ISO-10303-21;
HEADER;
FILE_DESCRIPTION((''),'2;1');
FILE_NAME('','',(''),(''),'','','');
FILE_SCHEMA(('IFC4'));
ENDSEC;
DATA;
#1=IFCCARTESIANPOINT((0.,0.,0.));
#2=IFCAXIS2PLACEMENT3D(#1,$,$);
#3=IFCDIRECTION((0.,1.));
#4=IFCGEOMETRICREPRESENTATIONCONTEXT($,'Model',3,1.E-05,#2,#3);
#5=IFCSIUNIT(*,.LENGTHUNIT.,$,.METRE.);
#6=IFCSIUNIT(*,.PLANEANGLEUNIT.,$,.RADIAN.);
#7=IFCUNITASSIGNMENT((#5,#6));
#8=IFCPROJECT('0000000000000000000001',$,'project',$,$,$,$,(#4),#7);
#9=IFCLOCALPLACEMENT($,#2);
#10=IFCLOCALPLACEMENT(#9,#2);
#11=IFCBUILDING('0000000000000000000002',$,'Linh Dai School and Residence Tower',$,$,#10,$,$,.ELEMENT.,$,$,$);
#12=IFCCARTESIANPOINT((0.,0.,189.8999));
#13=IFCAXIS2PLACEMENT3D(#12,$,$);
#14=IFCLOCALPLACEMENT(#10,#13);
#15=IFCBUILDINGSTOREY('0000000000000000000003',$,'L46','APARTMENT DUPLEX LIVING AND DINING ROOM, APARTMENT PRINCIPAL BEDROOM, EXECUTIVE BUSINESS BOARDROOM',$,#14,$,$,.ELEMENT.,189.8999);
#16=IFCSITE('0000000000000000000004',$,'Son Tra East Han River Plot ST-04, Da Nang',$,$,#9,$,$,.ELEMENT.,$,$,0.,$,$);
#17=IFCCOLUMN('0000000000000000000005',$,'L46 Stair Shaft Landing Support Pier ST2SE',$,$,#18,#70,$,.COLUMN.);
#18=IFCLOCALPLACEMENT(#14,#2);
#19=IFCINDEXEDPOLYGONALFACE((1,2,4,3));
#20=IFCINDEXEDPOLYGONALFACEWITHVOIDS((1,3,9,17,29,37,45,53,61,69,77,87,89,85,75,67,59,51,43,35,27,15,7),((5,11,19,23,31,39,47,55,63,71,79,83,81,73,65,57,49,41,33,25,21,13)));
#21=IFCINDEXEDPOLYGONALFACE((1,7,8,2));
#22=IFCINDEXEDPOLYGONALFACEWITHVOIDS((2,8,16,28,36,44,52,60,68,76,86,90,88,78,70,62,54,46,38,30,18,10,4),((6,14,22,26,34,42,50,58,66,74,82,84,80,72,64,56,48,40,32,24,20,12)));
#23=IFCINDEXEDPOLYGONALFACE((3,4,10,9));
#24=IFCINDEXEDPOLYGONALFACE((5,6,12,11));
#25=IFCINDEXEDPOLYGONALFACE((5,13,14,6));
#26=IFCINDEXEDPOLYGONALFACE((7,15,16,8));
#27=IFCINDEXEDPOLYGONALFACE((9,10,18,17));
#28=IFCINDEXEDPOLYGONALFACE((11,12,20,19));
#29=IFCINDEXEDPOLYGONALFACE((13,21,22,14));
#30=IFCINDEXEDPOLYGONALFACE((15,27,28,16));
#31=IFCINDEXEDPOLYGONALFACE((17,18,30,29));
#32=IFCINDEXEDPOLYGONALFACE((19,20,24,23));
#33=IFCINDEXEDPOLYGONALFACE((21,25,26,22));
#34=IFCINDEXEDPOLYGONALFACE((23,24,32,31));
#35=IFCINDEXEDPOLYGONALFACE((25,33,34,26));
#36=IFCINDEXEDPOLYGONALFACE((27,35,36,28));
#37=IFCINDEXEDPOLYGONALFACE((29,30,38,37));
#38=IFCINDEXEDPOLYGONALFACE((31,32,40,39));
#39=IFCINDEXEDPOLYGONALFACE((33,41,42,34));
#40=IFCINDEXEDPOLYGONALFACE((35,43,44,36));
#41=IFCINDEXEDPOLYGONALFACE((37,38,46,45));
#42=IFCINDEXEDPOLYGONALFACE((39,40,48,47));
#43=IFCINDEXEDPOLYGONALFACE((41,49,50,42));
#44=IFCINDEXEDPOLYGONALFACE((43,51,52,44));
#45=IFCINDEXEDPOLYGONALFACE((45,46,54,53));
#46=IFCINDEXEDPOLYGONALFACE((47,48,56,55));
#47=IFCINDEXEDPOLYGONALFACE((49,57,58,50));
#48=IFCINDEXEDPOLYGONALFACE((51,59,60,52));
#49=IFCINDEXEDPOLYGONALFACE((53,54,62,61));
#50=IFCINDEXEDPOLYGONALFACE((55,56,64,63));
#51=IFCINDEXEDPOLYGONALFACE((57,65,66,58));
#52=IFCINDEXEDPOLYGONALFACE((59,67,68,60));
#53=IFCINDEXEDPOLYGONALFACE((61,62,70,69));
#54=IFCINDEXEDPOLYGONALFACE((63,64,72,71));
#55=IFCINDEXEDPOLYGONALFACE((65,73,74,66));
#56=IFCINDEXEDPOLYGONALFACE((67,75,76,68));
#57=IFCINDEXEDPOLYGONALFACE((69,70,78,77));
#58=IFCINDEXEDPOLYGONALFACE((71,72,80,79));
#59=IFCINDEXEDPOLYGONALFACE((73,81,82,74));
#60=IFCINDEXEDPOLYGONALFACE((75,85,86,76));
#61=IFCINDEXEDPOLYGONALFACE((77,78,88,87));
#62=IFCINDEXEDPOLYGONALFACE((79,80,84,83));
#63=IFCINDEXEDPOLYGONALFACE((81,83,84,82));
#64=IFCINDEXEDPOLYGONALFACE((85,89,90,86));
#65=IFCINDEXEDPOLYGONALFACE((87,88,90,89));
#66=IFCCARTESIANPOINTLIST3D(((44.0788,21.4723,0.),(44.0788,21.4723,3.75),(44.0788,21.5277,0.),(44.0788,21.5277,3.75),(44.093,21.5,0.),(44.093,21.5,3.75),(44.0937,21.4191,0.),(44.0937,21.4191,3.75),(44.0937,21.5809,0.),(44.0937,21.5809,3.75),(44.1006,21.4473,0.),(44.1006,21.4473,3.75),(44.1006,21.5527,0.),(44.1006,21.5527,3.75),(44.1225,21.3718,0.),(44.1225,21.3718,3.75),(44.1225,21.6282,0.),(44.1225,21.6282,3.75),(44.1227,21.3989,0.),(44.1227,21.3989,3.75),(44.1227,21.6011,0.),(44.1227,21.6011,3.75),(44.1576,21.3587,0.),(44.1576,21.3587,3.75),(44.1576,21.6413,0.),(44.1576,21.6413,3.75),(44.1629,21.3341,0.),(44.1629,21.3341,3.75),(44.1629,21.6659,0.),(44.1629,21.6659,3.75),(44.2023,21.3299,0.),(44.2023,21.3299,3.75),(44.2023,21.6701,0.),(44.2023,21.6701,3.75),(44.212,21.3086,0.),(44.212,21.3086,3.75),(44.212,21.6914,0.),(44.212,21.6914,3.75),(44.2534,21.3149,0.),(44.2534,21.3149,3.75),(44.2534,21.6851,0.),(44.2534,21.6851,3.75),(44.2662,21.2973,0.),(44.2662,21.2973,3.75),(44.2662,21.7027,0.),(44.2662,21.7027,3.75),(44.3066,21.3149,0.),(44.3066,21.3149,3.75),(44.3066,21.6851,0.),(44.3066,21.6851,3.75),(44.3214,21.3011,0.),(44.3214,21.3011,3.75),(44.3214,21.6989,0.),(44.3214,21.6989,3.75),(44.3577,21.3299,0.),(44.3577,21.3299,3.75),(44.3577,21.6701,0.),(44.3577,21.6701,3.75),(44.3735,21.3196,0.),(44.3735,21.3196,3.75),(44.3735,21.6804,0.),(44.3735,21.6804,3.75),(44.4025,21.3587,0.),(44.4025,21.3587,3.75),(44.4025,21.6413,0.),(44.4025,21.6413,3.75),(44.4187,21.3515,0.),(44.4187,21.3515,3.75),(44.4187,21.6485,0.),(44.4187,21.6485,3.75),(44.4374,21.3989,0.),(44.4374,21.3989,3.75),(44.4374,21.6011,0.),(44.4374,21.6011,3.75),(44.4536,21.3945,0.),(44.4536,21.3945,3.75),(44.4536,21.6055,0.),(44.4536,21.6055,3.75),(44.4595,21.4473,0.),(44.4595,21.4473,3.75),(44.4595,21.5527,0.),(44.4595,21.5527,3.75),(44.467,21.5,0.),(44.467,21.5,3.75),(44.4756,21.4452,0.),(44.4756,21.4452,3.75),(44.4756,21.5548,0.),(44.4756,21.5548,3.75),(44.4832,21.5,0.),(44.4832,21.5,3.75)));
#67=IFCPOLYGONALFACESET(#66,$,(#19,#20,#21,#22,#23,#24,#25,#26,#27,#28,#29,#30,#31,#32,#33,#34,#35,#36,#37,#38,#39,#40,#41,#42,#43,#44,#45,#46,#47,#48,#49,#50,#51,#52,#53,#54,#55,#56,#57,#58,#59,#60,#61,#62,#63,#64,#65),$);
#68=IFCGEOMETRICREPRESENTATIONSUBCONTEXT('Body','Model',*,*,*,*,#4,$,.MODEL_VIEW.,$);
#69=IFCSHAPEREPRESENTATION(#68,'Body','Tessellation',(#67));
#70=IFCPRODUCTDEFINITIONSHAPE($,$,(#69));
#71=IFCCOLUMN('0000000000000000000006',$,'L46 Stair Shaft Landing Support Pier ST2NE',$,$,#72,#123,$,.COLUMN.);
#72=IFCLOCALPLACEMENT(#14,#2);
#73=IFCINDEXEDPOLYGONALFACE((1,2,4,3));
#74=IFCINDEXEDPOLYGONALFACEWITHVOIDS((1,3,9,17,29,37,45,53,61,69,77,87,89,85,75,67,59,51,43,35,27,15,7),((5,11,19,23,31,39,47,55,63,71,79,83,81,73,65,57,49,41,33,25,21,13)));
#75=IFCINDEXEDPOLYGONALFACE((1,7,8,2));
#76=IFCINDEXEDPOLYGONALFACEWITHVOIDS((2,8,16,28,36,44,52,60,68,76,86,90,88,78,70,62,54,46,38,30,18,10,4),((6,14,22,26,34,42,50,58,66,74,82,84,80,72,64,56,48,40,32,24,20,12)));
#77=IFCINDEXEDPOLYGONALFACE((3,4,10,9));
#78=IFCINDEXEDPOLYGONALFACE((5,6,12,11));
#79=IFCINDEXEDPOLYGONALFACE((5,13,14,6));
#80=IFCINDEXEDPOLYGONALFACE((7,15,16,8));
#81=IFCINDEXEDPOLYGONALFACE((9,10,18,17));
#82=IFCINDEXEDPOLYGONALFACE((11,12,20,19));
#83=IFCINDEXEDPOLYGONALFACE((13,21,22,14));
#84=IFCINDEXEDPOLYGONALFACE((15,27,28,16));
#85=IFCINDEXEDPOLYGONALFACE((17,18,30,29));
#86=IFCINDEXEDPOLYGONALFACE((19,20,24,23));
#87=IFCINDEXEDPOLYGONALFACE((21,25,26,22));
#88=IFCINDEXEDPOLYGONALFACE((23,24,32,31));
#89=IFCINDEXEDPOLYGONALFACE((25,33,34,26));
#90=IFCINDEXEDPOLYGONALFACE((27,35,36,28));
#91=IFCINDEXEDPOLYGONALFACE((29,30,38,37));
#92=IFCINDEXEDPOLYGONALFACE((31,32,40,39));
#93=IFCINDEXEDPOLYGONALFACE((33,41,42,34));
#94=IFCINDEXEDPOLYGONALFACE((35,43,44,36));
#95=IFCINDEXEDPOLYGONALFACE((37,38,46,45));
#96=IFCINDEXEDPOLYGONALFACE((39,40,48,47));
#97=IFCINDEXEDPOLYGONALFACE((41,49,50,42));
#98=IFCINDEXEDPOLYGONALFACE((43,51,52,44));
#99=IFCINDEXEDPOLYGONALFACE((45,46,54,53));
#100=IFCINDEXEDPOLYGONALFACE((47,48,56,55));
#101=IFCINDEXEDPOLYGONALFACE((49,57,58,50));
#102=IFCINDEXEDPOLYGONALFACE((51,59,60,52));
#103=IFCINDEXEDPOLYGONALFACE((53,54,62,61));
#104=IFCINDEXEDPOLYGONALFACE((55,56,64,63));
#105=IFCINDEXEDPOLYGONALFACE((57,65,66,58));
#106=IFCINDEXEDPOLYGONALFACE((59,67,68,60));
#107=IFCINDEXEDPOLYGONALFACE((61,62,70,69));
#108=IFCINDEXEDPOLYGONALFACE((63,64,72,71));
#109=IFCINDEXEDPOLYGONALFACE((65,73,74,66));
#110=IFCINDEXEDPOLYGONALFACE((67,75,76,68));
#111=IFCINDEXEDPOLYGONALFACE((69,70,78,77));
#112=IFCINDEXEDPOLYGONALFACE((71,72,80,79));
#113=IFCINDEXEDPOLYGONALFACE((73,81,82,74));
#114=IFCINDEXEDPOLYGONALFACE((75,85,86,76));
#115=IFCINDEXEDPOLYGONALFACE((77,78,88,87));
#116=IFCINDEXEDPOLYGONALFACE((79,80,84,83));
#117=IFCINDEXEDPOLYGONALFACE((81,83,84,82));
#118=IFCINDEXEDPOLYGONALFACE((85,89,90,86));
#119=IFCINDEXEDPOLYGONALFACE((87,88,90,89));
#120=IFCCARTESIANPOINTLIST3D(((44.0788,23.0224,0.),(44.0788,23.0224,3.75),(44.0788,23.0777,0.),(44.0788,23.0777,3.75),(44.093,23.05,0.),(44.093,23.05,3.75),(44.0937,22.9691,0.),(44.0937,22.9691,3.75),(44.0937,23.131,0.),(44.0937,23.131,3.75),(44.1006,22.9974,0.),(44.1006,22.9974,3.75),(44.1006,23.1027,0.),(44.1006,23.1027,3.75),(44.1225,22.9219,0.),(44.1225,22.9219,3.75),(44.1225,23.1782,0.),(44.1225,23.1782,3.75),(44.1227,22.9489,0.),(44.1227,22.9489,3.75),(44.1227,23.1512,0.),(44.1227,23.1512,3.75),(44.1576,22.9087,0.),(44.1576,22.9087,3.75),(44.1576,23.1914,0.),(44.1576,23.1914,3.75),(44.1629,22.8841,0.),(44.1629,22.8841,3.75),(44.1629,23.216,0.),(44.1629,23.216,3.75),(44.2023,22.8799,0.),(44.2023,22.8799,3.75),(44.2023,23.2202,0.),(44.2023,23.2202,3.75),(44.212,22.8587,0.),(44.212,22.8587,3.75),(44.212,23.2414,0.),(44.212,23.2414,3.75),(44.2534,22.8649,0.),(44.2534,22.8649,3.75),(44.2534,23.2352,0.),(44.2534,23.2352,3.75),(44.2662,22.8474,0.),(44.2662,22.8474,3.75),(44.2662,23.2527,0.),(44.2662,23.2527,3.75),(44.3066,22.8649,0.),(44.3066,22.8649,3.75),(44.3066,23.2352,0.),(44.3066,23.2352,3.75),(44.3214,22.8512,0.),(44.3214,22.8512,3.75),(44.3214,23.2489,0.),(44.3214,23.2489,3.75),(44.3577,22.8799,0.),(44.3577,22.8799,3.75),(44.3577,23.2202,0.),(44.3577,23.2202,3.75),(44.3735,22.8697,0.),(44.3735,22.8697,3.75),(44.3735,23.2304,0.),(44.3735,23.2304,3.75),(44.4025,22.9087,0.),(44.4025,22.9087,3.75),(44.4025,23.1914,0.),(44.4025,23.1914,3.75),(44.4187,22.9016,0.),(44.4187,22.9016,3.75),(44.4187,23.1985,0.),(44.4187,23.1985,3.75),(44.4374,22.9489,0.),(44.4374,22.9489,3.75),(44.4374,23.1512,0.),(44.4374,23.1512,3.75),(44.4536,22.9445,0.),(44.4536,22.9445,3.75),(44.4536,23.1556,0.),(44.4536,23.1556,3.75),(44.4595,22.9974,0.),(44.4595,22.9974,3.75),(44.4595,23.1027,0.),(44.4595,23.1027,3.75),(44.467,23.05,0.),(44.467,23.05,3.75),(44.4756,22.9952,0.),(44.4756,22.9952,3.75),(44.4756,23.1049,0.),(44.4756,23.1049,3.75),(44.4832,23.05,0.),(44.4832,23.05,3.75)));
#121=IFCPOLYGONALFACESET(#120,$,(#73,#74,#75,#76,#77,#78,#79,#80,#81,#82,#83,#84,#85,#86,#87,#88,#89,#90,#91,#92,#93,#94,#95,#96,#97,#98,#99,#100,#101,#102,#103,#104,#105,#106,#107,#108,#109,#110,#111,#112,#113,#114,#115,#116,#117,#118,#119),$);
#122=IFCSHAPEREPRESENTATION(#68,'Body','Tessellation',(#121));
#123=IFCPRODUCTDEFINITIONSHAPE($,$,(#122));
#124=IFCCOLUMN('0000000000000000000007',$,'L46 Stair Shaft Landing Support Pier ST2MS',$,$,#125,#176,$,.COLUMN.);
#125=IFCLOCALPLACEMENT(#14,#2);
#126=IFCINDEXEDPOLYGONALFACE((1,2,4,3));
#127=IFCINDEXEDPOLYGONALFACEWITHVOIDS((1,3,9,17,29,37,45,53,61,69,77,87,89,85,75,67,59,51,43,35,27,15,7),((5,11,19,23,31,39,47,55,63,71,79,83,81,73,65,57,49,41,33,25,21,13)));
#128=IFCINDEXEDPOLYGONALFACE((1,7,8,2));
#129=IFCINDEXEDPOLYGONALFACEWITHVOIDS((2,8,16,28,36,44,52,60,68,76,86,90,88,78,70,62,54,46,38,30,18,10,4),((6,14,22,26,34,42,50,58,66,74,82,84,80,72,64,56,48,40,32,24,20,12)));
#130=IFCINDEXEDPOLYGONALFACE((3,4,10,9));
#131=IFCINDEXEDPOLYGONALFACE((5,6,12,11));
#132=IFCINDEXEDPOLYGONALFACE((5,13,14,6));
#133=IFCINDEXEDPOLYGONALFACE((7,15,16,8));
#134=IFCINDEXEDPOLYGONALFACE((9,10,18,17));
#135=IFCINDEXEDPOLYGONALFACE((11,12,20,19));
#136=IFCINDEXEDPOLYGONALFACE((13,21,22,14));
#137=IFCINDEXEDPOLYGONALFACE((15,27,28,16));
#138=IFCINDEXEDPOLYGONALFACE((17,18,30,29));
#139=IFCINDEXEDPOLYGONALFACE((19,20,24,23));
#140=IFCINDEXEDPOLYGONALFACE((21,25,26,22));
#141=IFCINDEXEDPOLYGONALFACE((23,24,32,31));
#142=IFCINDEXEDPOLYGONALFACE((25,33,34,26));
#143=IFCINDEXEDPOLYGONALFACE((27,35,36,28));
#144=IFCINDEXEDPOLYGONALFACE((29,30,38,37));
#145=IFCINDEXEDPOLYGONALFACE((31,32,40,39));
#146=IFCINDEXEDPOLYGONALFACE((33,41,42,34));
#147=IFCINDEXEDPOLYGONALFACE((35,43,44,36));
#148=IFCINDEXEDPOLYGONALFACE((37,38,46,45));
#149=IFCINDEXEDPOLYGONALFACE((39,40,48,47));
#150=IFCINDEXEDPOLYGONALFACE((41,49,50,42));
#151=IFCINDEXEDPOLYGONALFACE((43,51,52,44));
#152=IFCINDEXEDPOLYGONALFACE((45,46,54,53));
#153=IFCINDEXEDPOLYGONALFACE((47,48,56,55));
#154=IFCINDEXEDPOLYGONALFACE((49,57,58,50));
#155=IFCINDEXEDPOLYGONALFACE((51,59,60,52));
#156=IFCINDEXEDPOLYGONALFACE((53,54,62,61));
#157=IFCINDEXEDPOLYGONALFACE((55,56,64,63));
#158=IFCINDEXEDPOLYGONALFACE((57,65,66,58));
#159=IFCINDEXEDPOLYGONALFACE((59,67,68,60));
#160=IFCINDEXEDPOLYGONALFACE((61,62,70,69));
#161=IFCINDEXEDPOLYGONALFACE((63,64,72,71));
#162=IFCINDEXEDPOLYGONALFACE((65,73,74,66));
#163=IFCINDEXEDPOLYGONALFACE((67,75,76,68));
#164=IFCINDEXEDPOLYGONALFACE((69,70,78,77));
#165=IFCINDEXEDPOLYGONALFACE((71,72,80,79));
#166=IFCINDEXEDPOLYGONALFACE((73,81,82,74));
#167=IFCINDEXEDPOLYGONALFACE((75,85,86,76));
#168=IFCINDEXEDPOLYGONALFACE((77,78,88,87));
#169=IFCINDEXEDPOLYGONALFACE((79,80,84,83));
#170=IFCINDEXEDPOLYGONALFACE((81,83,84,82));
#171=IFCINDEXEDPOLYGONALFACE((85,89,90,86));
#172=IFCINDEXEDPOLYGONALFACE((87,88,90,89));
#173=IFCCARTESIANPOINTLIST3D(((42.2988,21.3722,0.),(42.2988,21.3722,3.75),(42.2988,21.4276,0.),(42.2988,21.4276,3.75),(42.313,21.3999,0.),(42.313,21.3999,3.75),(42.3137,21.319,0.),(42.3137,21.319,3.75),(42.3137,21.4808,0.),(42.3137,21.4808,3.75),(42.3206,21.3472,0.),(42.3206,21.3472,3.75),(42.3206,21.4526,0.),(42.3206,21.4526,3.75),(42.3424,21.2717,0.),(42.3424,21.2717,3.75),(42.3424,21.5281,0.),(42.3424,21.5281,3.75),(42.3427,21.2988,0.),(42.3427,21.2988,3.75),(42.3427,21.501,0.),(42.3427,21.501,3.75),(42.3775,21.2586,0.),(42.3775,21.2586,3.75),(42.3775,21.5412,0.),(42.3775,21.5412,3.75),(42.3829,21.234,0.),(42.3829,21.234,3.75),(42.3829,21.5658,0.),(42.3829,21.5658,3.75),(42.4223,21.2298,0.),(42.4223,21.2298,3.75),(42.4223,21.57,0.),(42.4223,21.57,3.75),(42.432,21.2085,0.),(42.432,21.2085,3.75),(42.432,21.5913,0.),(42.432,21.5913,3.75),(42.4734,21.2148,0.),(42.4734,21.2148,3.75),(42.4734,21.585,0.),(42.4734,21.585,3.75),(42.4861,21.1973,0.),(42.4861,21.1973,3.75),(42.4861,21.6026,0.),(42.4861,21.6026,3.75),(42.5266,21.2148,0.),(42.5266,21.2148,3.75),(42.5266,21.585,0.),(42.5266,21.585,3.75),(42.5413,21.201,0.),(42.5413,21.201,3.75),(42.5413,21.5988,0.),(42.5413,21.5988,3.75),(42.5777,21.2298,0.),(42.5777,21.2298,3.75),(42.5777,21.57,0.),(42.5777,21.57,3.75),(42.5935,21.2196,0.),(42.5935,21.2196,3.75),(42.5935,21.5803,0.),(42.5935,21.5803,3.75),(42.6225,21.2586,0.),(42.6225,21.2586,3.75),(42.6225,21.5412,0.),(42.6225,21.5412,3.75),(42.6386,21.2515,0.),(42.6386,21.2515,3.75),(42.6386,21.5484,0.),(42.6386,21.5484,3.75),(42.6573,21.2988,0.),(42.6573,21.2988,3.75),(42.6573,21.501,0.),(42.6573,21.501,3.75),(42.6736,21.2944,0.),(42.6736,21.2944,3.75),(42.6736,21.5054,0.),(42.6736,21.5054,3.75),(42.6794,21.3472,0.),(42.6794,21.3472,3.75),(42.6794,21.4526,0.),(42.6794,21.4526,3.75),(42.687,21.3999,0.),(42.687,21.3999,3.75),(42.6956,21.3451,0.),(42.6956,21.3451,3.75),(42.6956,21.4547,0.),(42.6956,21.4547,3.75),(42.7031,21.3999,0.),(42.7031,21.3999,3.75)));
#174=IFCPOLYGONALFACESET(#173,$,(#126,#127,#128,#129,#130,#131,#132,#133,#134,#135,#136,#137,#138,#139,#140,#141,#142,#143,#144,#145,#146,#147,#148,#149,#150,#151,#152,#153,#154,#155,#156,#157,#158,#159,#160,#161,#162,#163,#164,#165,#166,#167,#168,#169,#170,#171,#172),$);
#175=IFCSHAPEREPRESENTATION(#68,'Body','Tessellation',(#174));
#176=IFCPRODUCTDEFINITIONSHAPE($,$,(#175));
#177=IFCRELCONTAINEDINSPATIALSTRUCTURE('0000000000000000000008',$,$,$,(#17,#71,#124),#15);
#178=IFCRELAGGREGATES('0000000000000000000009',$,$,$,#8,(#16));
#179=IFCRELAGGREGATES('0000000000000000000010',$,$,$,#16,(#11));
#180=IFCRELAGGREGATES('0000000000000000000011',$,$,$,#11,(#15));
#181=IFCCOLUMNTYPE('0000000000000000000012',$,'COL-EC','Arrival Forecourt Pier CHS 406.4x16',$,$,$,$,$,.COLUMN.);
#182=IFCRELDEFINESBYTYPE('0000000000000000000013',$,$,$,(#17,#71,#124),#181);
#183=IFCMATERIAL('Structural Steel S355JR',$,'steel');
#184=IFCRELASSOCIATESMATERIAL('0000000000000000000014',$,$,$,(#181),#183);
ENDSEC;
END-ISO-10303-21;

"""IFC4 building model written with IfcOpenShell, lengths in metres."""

from ifc_helpers import new_model, si_unit, direction, frame, origin, origin_2d, place, context, subcontext, project, spatial, hollow_circle, extrude, material, material_profile, profile_set, type_object, element, save


model = new_model("IFC4")

# Units and contexts
model_context = context("Model", 3, precision=1e-05, world=origin(), true_north=direction((0.0, 1.0)))
body_context = subcontext(model_context, "Body", "Model", "MODEL_VIEW")
ifc_project = project(units=[si_unit("LENGTHUNIT", "METRE"), si_unit("PLANEANGLEUNIT", "RADIAN")], contexts=[model_context])

# Site, building, storey
site_placement = place(None, origin())
site = spatial("IfcSite", under=ifc_project, at=site_placement, Name="Son Tra East Han River Plot ST-04, Da Nang", CompositionType="ELEMENT", RefElevation=0.0)
building_placement = place(site_placement, origin())
building = spatial("IfcBuilding", under=site, at=building_placement, Name="Linh Dai School and Residence Tower", CompositionType="ELEMENT")
storey_placement = place(building_placement, frame((0.0, 0.0, 189.8999)))
storey = spatial("IfcBuildingStorey", under=building, at=storey_placement, Name="L46", Description="APARTMENT DUPLEX LIVING AND DINING ROOM, APARTMENT PRINCIPAL BEDROOM, EXECUTIVE BUSINESS BOARDROOM", CompositionType="ELEMENT", Elevation=189.8999)

# Columns
ifc_material_1 = material(Name="Structural Steel S355JR", Category="steel")
ifc_material_profile_1 = material_profile(ifc_material_1, hollow_circle(Radius=0.2031, WallThickness=0.0161, at=origin_2d()), Name="CHS 406.4x16")
ifc_profile_set_1 = profile_set([ifc_material_profile_1], Name="Structural Steel S355JR")
column_type_1 = type_object("IfcColumnType", Name="COL-EC", Description="Arrival Forecourt Pier CHS 406.4x16", PredefinedType="COLUMN", material=ifc_profile_set_1)
for number, where, z_axis, x_axis, name in (
    (1, (44.28, 21.5, 0.0), (0.0, 0.0, 1.0), (1.0, 0.0, 0.0), "L46 Stair Shaft Landing Support Pier ST2SE"),
    (2, (44.28, 23.05, 0.0), (0.0, 0.0, 1.0), (1.0, 0.0, 0.0), "L46 Stair Shaft Landing Support Pier ST2NE"),
    (3, (42.5, 21.3999, 0.0), (0.0, 0.0, 1.0), (1.0, 0.0, 0.0), "L46 Stair Shaft Landing Support Pier ST2MS"),
):
    element("IfcColumn", number, at=place(storey_placement, frame(where, z_axis=z_axis, x_axis=x_axis)), inside=storey, type_object=column_type_1, Name=name, PredefinedType="COLUMN", context=body_context, shape_type="SweptSolid", body=[
        extrude(hollow_circle(Radius=0.2031, WallThickness=0.0161, at=origin_2d()), origin(), (0.0, 0.0, 1.0), 3.75),
    ])

save(model, "model.ifc")
